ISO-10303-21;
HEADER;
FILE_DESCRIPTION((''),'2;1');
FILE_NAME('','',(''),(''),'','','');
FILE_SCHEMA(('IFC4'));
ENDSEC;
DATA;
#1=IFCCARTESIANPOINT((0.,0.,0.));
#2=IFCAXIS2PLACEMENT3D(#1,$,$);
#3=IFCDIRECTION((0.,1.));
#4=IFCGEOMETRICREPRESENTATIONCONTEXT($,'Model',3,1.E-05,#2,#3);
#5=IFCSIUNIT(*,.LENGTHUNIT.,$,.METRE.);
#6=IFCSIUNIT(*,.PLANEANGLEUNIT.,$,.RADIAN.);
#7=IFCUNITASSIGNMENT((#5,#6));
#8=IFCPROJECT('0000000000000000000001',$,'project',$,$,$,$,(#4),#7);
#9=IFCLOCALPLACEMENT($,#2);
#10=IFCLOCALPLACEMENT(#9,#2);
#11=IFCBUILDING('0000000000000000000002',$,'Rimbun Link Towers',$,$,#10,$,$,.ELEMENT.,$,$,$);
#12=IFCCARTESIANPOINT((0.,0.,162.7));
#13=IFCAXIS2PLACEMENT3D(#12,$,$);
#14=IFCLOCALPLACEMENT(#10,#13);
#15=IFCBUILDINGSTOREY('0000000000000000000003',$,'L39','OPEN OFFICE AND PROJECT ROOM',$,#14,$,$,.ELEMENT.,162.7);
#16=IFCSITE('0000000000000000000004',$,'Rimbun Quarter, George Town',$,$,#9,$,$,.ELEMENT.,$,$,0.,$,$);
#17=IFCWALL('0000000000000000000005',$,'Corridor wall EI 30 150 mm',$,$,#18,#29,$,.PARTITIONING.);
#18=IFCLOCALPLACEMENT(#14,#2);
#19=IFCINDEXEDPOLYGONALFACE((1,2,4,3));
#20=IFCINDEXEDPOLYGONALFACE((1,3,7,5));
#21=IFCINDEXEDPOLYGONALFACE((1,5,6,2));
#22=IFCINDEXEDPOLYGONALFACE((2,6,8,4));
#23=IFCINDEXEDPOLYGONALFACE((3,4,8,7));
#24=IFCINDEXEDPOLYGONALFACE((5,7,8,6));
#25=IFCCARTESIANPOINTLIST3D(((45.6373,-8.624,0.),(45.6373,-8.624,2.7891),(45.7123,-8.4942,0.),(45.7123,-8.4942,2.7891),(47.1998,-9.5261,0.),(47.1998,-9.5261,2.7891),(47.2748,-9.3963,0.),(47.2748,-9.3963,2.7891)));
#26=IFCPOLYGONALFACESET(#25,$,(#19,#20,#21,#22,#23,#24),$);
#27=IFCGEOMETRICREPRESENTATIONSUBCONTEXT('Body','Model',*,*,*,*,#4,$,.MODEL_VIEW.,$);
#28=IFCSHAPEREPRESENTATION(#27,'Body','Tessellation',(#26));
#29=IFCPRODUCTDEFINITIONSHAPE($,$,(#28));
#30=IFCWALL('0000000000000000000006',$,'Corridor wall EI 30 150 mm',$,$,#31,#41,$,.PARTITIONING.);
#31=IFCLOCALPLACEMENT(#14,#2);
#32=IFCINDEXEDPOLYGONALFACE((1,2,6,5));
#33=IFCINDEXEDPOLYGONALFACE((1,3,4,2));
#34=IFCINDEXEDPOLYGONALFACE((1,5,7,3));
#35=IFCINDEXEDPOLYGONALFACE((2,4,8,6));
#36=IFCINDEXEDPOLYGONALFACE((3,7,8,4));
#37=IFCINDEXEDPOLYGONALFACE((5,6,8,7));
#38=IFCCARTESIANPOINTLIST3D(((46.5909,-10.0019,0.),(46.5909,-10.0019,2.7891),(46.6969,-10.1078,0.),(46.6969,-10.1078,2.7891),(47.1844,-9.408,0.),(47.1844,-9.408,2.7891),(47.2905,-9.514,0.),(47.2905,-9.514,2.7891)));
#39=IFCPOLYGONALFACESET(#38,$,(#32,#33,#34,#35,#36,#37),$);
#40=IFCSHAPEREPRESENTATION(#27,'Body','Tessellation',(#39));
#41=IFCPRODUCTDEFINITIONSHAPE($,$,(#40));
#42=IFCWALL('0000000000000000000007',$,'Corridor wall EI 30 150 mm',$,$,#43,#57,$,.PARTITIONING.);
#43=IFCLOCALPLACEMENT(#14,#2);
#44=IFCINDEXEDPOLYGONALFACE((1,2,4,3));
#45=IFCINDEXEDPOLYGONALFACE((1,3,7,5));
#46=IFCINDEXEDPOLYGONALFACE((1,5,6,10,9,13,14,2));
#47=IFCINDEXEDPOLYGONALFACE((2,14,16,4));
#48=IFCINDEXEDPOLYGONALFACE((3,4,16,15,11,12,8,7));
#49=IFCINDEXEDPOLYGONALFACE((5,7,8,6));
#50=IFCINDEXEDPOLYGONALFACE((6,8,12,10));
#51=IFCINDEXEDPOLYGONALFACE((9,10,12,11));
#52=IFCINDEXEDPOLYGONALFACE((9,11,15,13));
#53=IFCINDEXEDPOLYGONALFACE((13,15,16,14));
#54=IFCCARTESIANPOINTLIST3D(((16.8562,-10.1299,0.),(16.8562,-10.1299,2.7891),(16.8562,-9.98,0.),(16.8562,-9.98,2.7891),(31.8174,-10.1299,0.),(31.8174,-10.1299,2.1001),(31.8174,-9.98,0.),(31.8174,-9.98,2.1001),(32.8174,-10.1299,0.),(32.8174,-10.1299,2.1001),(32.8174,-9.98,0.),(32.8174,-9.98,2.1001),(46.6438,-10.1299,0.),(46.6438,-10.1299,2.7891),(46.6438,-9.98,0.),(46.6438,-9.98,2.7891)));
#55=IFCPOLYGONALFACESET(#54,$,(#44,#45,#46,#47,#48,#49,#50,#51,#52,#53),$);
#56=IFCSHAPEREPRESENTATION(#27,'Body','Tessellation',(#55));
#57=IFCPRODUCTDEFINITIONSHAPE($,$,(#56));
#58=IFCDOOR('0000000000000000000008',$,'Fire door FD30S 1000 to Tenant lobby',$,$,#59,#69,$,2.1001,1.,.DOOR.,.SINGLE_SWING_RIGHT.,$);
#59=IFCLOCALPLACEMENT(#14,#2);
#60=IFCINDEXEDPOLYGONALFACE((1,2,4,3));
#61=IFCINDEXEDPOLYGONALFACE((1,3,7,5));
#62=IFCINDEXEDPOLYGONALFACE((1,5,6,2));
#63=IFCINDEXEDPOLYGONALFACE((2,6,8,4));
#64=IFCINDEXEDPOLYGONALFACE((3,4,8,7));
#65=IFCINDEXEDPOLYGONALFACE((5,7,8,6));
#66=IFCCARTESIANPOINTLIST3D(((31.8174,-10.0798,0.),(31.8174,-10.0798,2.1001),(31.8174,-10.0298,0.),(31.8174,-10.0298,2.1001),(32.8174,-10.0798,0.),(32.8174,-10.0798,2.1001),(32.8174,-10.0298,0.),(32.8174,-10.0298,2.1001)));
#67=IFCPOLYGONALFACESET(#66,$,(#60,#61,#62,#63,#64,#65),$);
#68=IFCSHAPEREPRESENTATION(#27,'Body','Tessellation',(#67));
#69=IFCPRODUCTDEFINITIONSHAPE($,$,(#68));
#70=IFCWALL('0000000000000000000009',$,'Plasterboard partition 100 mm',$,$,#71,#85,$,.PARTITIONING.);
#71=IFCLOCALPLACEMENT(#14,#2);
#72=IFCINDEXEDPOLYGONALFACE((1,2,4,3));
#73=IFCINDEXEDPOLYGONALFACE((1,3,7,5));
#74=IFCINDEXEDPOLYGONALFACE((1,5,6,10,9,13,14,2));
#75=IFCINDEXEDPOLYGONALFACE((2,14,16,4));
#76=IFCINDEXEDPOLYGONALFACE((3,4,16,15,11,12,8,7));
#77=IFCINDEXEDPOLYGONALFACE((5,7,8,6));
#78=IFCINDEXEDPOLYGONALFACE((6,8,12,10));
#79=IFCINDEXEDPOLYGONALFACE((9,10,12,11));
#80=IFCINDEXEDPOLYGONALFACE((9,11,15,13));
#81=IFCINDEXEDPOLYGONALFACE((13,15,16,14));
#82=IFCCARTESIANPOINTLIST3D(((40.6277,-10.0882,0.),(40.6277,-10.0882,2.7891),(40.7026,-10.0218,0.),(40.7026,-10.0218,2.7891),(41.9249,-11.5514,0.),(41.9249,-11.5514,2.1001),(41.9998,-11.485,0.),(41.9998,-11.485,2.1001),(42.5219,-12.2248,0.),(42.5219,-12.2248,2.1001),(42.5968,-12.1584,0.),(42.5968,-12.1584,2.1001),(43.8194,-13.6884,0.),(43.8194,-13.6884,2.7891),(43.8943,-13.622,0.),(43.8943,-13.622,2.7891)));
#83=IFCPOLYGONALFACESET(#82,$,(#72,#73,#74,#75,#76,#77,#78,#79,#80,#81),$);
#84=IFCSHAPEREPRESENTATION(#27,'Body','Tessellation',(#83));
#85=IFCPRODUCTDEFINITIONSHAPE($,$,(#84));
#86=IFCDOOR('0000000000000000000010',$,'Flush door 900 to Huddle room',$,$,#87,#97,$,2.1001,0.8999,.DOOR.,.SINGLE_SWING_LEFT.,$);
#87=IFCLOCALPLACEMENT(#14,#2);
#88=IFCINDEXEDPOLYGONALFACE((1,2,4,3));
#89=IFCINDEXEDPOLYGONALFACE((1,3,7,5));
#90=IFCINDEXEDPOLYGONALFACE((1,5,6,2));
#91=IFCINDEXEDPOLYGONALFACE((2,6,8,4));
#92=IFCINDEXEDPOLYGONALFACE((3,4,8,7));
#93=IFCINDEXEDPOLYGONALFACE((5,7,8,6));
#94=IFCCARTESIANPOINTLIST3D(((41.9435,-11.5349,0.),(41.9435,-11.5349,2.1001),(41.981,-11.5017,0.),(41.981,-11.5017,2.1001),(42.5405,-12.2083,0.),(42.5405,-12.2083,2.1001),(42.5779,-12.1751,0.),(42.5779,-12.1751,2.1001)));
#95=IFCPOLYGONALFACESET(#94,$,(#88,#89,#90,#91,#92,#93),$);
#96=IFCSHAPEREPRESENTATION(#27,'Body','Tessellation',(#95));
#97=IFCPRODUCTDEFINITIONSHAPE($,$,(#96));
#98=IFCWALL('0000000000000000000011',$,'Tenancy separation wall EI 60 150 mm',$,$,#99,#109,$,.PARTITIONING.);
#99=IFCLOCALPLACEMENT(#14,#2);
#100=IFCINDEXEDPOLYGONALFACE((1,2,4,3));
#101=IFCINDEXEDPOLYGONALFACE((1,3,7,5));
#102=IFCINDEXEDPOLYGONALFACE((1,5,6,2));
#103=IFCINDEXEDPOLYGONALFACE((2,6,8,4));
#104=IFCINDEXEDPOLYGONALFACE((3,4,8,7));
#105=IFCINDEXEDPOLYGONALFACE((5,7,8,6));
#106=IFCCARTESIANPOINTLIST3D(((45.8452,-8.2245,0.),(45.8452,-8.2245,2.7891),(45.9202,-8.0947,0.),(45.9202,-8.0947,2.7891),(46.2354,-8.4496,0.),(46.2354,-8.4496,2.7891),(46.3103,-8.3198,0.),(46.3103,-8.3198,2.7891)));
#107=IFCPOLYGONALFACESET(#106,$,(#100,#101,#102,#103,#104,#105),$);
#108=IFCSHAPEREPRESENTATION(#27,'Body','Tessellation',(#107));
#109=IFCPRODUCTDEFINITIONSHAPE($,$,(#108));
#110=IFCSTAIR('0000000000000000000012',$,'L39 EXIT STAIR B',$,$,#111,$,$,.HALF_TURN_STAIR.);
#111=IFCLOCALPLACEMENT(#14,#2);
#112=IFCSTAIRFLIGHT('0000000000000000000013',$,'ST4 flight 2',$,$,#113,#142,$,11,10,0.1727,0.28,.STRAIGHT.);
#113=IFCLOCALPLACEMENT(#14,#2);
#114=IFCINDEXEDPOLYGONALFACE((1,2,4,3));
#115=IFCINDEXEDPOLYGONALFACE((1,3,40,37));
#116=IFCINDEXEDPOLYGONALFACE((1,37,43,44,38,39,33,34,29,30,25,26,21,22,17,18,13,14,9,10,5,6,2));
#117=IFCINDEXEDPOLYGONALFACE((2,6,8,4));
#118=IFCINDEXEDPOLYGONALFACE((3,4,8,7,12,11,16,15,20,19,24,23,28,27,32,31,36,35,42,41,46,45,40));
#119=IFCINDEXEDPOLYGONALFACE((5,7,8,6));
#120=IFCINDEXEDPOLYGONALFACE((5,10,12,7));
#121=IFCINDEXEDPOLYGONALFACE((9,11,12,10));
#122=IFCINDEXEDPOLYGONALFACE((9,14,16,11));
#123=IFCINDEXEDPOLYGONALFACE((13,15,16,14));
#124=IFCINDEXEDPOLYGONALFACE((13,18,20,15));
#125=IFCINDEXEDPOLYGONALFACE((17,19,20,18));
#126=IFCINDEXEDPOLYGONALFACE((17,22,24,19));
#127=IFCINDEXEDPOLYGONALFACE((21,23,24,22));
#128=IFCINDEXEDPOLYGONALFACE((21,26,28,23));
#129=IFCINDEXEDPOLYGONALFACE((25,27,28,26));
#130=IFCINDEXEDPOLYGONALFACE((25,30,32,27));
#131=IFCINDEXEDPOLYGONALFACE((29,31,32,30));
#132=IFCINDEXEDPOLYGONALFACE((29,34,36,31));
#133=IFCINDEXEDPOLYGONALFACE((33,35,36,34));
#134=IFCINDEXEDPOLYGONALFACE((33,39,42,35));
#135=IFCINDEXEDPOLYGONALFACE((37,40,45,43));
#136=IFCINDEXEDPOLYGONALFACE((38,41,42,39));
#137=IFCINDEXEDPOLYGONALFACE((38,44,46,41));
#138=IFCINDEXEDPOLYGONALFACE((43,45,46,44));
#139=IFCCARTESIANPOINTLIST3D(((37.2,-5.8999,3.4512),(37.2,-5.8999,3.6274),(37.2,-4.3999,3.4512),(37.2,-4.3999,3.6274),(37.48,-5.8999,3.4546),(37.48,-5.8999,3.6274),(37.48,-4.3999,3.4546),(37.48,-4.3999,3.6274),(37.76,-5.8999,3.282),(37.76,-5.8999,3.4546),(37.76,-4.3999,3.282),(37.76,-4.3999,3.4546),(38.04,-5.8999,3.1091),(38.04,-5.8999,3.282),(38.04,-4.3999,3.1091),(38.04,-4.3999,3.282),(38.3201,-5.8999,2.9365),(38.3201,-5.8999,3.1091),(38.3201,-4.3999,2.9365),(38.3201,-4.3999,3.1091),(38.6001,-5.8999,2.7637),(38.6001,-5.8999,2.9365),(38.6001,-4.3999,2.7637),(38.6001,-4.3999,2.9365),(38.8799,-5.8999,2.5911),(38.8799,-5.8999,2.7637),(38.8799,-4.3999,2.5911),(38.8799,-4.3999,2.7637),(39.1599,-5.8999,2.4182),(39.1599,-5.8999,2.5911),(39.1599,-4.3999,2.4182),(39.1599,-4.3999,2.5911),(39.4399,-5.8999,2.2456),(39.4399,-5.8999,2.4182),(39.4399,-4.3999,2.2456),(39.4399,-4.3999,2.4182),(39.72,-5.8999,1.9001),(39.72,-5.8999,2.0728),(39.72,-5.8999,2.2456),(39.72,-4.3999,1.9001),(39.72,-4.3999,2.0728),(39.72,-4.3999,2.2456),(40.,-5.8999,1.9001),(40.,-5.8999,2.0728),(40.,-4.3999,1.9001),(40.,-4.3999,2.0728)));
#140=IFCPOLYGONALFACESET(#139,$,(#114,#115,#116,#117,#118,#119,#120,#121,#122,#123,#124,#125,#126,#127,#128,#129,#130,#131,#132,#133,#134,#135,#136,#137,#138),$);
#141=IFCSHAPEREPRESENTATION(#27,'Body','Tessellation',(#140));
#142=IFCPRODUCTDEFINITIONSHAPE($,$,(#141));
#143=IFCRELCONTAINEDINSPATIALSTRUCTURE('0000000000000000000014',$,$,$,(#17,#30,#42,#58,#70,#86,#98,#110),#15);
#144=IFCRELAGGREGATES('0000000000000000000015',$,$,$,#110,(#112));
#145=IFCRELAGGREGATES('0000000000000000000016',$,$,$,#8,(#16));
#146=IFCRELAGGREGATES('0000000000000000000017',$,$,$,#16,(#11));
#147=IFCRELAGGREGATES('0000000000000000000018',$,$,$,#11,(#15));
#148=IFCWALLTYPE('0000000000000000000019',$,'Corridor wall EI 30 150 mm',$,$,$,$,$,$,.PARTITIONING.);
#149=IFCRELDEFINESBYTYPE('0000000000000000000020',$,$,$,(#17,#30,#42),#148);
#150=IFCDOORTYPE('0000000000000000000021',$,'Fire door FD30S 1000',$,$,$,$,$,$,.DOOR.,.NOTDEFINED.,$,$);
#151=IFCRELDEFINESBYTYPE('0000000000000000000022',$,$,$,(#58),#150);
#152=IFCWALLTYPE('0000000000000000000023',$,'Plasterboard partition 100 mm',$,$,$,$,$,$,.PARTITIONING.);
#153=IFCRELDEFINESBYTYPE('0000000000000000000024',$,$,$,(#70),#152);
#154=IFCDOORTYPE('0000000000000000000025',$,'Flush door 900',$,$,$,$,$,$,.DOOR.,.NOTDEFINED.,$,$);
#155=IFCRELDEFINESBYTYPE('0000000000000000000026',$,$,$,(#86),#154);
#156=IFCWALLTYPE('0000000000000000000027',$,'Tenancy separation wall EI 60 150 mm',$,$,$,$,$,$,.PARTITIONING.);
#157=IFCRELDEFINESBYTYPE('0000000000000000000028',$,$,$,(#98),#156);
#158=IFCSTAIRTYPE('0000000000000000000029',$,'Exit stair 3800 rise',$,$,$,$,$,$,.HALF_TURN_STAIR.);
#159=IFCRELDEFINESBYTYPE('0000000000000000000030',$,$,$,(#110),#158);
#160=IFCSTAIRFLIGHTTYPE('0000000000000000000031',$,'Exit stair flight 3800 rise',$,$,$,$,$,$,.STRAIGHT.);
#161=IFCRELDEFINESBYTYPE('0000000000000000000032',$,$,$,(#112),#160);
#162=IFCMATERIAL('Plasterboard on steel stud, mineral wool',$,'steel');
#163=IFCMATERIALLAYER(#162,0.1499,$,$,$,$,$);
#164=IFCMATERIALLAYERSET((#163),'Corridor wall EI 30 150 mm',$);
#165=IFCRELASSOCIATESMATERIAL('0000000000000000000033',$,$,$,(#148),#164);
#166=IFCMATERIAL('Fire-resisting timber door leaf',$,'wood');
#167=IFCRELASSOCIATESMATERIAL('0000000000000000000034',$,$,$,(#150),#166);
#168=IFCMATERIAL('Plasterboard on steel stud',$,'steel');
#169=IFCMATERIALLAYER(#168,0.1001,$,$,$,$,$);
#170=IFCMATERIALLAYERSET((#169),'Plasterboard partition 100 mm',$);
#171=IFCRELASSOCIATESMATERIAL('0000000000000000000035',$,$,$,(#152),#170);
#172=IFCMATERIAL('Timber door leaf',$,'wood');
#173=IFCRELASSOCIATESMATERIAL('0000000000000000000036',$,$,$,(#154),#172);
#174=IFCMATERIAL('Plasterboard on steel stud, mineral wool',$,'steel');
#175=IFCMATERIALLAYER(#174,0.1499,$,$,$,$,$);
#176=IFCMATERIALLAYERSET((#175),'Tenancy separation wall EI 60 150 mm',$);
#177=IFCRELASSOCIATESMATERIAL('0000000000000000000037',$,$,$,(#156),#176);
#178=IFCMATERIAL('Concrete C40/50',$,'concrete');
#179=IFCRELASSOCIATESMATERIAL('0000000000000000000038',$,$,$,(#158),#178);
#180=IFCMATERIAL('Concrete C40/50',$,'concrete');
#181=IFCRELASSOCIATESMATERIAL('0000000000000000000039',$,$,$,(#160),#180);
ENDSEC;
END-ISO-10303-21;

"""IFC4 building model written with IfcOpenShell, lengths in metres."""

from ifc_helpers import new_model, si_unit, direction, frame, frame_2d, origin, place, context, subcontext, project, spatial, polyline, rectangle, outline, extrude, material, layer, layer_set, type_object, element, fill, aggregate, save


model = new_model("IFC4")

# Units and contexts
model_context = context("Model", 3, precision=1e-05, world=origin(), true_north=direction((0.0, 1.0)))
body_context = subcontext(model_context, "Body", "Model", "MODEL_VIEW")
ifc_project = project(units=[si_unit("LENGTHUNIT", "METRE"), si_unit("PLANEANGLEUNIT", "RADIAN")], contexts=[model_context])

# Site, building, storey
site_placement = place(None, origin())
site = spatial("IfcSite", under=ifc_project, at=site_placement, Name="Rimbun Quarter, George Town", CompositionType="ELEMENT", RefElevation=0.0)
building_placement = place(site_placement, origin())
building = spatial("IfcBuilding", under=site, at=building_placement, Name="Rimbun Link Towers", CompositionType="ELEMENT")
storey_placement = place(building_placement, frame((0.0, 0.0, 162.7)))
storey = spatial("IfcBuildingStorey", under=building, at=storey_placement, Name="L39", Description="OPEN OFFICE AND PROJECT ROOM", CompositionType="ELEMENT", Elevation=162.7)

# Walls
ifc_material_1 = material(Name="Plasterboard on steel stud, mineral wool", Category="steel")
ifc_layer_1 = layer(ifc_material_1, 0.1499)
ifc_layer_set_1 = layer_set([ifc_layer_1], Name="Corridor wall EI 30 150 mm")
wall_type_1 = type_object("IfcWallType", Name="Corridor wall EI 30 150 mm", PredefinedType="PARTITIONING", material=ifc_layer_set_1)
wall_1_placement = place(storey_placement, frame((47.2373, -9.4612, 0.0), z_axis=(0.0, 0.0, 1.0), x_axis=(-0.866028, 0.499996, 0.0)))
element("IfcWall", 1, at=wall_1_placement, inside=storey, type_object=wall_type_1, Name="Corridor wall EI 30 150 mm", PredefinedType="PARTITIONING", context=body_context, shape_type="SweptSolid", body=[
    extrude(rectangle(XDim=1.8042, YDim=0.1499, at=frame_2d((0.9021, 0.0))), origin(), (0.0, 0.0, 1.0), 2.7891),
])
wall_2_placement = place(storey_placement, frame((46.6438, -10.0549, 0.0), z_axis=(0.0, 0.0, 1.0), x_axis=(0.706961, 0.707252, 0.0)))
element("IfcWall", 2, at=wall_2_placement, inside=storey, type_object=wall_type_1, Name="Corridor wall EI 30 150 mm", PredefinedType="PARTITIONING", context=body_context, shape_type="SweptSolid", body=[
    extrude(rectangle(XDim=0.8396, YDim=0.1499, at=frame_2d((0.4199, 0.0))), origin(), (0.0, 0.0, 1.0), 2.7891),
])

# Walls, openings, doors
wall_3_placement = place(storey_placement, frame((46.6438, -10.0549, 0.0), z_axis=(0.0, 0.0, 1.0), x_axis=(-1.0, 0.0, 0.0)))
wall_3 = element("IfcWall", 3, at=wall_3_placement, inside=storey, type_object=wall_type_1, Name="Corridor wall EI 30 150 mm", PredefinedType="PARTITIONING", context=body_context, shape_type="SweptSolid", body=[
    extrude(rectangle(XDim=29.7876, YDim=0.1499, at=frame_2d((14.8938, 0.0))), origin(), (0.0, 0.0, 1.0), 2.7891),
])
opening_1_placement = place(wall_3_placement, frame((13.8264, 0.0, 0.0)))
opening_1 = element("IfcOpeningElement", 4, at=opening_1_placement, cuts=wall_3, PredefinedType="OPENING", context=body_context, shape_type="SweptSolid", body=[
    extrude(rectangle(XDim=1.0, YDim=2.1001, at=frame_2d((0.5, 1.05))), frame((0.0, 0.085, 0.0), z_axis=(0.0, -1.0, 0.0), x_axis=(1.0, 0.0, 0.0)), (0.0, 0.0, 1.0), 0.1699),
])
ifc_material_2 = material(Name="Fire-resisting timber door leaf", Category="wood")
door_type_1 = type_object("IfcDoorType", Name="Fire door FD30S 1000", OperationType="NOTDEFINED", PredefinedType="DOOR", material=ifc_material_2)
door_1_placement = place(opening_1_placement, origin())
door_1 = element("IfcDoor", 5, at=door_1_placement, inside=storey, type_object=door_type_1, Name="Fire door FD30S 1000 to Tenant lobby", OperationType="SINGLE_SWING_RIGHT", OverallHeight=2.1001, OverallWidth=1.0, PredefinedType="DOOR", context=body_context, shape_type="SweptSolid", body=[
    extrude(rectangle(XDim=1.0, YDim=2.1001, at=frame_2d((0.5, 1.05))), frame((0.0, 0.0249, 0.0), z_axis=(0.0, -1.0, 0.0), x_axis=(1.0, 0.0, 0.0)), (0.0, 0.0, 1.0), 0.05),
])
fill(opening_1, door_1)
ifc_material_3 = material(Name="Plasterboard on steel stud", Category="steel")
ifc_layer_2 = layer(ifc_material_3, 0.1001)
ifc_layer_set_2 = layer_set([ifc_layer_2], Name="Plasterboard partition 100 mm")
wall_type_2 = type_object("IfcWallType", Name="Plasterboard partition 100 mm", PredefinedType="PARTITIONING", material=ifc_layer_set_2)
wall_4_placement = place(storey_placement, frame((40.665, -10.0549, 0.0), z_axis=(0.0, 0.0, 1.0), x_axis=(0.663384, -0.748279, 0.0)))
wall_4 = element("IfcWall", 6, at=wall_4_placement, inside=storey, type_object=wall_type_2, Name="Plasterboard partition 100 mm", PredefinedType="PARTITIONING", context=body_context, shape_type="SweptSolid", body=[
    extrude(rectangle(XDim=4.8113, YDim=0.1001, at=frame_2d((2.4058, 0.0))), origin(), (0.0, 0.0, 1.0), 2.7891),
])
opening_2_placement = place(wall_4_placement, frame((1.9556, 0.0, 0.0)))
opening_2 = element("IfcOpeningElement", 7, at=opening_2_placement, cuts=wall_4, PredefinedType="OPENING", context=body_context, shape_type="SweptSolid", body=[
    extrude(rectangle(XDim=0.8999, YDim=2.1001, at=frame_2d((0.45, 1.05))), frame((0.0, 0.0601, 0.0), z_axis=(0.0, -1.0, 0.0), x_axis=(1.0, 0.0, 0.0)), (0.0, 0.0, 1.0), 0.1201),
])
ifc_material_4 = material(Name="Timber door leaf", Category="wood")
door_type_2 = type_object("IfcDoorType", Name="Flush door 900", OperationType="NOTDEFINED", PredefinedType="DOOR", material=ifc_material_4)
door_2_placement = place(opening_2_placement, origin())
door_2 = element("IfcDoor", 8, at=door_2_placement, inside=storey, type_object=door_type_2, Name="Flush door 900 to Huddle room", OperationType="SINGLE_SWING_LEFT", OverallHeight=2.1001, OverallWidth=0.8999, PredefinedType="DOOR", context=body_context, shape_type="SweptSolid", body=[
    extrude(rectangle(XDim=0.8999, YDim=2.1001, at=frame_2d((0.45, 1.05))), frame((0.0, 0.0249, 0.0), z_axis=(0.0, -1.0, 0.0), x_axis=(1.0, 0.0, 0.0)), (0.0, 0.0, 1.0), 0.05),
])
fill(opening_2, door_2)

# Wall
ifc_material_5 = material(Name="Plasterboard on steel stud, mineral wool", Category="steel")
ifc_layer_3 = layer(ifc_material_5, 0.1499)
ifc_layer_set_3 = layer_set([ifc_layer_3], Name="Tenancy separation wall EI 60 150 mm")
wall_type_3 = type_object("IfcWallType", Name="Tenancy separation wall EI 60 150 mm", PredefinedType="PARTITIONING", material=ifc_layer_set_3)
wall_5_placement = place(storey_placement, frame((45.8828, -8.1597, 0.0), z_axis=(0.0, 0.0, 1.0), x_axis=(0.866168, -0.499754, 0.0)))
element("IfcWall", 9, at=wall_5_placement, inside=storey, type_object=wall_type_3, Name="Tenancy separation wall EI 60 150 mm", PredefinedType="PARTITIONING", context=body_context, shape_type="SweptSolid", body=[
    extrude(rectangle(XDim=0.4504, YDim=0.1499, at=frame_2d((0.2251, 0.0))), origin(), (0.0, 0.0, 1.0), 2.7891),
])

# Stair, stair flight
ifc_material_6 = material(Name="Concrete C40/50", Category="concrete")
stair_type = type_object("IfcStairType", Name="Exit stair 3800 rise", PredefinedType="HALF_TURN_STAIR", material=ifc_material_6)
stair_placement = place(storey_placement, origin())
stair = element("IfcStair", 10, at=stair_placement, inside=storey, type_object=stair_type, Name="L39 EXIT STAIR B", PredefinedType="HALF_TURN_STAIR")
ifc_material_7 = material(Name="Concrete C40/50", Category="concrete")
stair_flight_type = type_object("IfcStairFlightType", Name="Exit stair flight 3800 rise", PredefinedType="STRAIGHT", material=ifc_material_7)
stair_flight_placement = place(storey_placement, frame((40.0, -5.1499, 1.9001), z_axis=(0.0, 0.0, 1.0), x_axis=(-1.0, 0.0, 0.0)))
stair_flight = element("IfcStairFlight", 11, at=stair_flight_placement, type_object=stair_flight_type, Name="ST4 flight 2", NumberOfRisers=11, NumberOfTreads=10, PredefinedType="STRAIGHT", RiserHeight=0.1727, TreadLength=0.28, context=body_context, shape_type="SweptSolid", body=[
    extrude(outline(polyline([(0.0, 0.0), (0.0, 0.1726), (0.28, 0.1726), (0.28, 0.3455), (0.5601, 0.3455), (0.5601, 0.5181), (0.8401, 0.5181), (0.8401, 0.6909), (1.1201, 0.6909), (1.1201, 0.8635), (1.3999, 0.8635), (1.3999, 1.0364), (1.6799, 1.0364), (1.6799, 1.209), (1.96, 1.209), (1.96, 1.3818), (2.24, 1.3818), (2.24, 1.5544), (2.52, 1.5544), (2.52, 1.7273), (2.8, 1.7273), (2.8, 1.8999), (2.8, 1.551), (0.28, 0.0), (0.0, 0.0)])), frame((0.0, 0.75, 0.0), z_axis=(0.0, -1.0, 0.0), x_axis=(1.0, 0.0, 0.0)), (0.0, 0.0, 1.0), 1.5),
])
aggregate(stair, [stair_flight])

save(model, "model.ifc")
